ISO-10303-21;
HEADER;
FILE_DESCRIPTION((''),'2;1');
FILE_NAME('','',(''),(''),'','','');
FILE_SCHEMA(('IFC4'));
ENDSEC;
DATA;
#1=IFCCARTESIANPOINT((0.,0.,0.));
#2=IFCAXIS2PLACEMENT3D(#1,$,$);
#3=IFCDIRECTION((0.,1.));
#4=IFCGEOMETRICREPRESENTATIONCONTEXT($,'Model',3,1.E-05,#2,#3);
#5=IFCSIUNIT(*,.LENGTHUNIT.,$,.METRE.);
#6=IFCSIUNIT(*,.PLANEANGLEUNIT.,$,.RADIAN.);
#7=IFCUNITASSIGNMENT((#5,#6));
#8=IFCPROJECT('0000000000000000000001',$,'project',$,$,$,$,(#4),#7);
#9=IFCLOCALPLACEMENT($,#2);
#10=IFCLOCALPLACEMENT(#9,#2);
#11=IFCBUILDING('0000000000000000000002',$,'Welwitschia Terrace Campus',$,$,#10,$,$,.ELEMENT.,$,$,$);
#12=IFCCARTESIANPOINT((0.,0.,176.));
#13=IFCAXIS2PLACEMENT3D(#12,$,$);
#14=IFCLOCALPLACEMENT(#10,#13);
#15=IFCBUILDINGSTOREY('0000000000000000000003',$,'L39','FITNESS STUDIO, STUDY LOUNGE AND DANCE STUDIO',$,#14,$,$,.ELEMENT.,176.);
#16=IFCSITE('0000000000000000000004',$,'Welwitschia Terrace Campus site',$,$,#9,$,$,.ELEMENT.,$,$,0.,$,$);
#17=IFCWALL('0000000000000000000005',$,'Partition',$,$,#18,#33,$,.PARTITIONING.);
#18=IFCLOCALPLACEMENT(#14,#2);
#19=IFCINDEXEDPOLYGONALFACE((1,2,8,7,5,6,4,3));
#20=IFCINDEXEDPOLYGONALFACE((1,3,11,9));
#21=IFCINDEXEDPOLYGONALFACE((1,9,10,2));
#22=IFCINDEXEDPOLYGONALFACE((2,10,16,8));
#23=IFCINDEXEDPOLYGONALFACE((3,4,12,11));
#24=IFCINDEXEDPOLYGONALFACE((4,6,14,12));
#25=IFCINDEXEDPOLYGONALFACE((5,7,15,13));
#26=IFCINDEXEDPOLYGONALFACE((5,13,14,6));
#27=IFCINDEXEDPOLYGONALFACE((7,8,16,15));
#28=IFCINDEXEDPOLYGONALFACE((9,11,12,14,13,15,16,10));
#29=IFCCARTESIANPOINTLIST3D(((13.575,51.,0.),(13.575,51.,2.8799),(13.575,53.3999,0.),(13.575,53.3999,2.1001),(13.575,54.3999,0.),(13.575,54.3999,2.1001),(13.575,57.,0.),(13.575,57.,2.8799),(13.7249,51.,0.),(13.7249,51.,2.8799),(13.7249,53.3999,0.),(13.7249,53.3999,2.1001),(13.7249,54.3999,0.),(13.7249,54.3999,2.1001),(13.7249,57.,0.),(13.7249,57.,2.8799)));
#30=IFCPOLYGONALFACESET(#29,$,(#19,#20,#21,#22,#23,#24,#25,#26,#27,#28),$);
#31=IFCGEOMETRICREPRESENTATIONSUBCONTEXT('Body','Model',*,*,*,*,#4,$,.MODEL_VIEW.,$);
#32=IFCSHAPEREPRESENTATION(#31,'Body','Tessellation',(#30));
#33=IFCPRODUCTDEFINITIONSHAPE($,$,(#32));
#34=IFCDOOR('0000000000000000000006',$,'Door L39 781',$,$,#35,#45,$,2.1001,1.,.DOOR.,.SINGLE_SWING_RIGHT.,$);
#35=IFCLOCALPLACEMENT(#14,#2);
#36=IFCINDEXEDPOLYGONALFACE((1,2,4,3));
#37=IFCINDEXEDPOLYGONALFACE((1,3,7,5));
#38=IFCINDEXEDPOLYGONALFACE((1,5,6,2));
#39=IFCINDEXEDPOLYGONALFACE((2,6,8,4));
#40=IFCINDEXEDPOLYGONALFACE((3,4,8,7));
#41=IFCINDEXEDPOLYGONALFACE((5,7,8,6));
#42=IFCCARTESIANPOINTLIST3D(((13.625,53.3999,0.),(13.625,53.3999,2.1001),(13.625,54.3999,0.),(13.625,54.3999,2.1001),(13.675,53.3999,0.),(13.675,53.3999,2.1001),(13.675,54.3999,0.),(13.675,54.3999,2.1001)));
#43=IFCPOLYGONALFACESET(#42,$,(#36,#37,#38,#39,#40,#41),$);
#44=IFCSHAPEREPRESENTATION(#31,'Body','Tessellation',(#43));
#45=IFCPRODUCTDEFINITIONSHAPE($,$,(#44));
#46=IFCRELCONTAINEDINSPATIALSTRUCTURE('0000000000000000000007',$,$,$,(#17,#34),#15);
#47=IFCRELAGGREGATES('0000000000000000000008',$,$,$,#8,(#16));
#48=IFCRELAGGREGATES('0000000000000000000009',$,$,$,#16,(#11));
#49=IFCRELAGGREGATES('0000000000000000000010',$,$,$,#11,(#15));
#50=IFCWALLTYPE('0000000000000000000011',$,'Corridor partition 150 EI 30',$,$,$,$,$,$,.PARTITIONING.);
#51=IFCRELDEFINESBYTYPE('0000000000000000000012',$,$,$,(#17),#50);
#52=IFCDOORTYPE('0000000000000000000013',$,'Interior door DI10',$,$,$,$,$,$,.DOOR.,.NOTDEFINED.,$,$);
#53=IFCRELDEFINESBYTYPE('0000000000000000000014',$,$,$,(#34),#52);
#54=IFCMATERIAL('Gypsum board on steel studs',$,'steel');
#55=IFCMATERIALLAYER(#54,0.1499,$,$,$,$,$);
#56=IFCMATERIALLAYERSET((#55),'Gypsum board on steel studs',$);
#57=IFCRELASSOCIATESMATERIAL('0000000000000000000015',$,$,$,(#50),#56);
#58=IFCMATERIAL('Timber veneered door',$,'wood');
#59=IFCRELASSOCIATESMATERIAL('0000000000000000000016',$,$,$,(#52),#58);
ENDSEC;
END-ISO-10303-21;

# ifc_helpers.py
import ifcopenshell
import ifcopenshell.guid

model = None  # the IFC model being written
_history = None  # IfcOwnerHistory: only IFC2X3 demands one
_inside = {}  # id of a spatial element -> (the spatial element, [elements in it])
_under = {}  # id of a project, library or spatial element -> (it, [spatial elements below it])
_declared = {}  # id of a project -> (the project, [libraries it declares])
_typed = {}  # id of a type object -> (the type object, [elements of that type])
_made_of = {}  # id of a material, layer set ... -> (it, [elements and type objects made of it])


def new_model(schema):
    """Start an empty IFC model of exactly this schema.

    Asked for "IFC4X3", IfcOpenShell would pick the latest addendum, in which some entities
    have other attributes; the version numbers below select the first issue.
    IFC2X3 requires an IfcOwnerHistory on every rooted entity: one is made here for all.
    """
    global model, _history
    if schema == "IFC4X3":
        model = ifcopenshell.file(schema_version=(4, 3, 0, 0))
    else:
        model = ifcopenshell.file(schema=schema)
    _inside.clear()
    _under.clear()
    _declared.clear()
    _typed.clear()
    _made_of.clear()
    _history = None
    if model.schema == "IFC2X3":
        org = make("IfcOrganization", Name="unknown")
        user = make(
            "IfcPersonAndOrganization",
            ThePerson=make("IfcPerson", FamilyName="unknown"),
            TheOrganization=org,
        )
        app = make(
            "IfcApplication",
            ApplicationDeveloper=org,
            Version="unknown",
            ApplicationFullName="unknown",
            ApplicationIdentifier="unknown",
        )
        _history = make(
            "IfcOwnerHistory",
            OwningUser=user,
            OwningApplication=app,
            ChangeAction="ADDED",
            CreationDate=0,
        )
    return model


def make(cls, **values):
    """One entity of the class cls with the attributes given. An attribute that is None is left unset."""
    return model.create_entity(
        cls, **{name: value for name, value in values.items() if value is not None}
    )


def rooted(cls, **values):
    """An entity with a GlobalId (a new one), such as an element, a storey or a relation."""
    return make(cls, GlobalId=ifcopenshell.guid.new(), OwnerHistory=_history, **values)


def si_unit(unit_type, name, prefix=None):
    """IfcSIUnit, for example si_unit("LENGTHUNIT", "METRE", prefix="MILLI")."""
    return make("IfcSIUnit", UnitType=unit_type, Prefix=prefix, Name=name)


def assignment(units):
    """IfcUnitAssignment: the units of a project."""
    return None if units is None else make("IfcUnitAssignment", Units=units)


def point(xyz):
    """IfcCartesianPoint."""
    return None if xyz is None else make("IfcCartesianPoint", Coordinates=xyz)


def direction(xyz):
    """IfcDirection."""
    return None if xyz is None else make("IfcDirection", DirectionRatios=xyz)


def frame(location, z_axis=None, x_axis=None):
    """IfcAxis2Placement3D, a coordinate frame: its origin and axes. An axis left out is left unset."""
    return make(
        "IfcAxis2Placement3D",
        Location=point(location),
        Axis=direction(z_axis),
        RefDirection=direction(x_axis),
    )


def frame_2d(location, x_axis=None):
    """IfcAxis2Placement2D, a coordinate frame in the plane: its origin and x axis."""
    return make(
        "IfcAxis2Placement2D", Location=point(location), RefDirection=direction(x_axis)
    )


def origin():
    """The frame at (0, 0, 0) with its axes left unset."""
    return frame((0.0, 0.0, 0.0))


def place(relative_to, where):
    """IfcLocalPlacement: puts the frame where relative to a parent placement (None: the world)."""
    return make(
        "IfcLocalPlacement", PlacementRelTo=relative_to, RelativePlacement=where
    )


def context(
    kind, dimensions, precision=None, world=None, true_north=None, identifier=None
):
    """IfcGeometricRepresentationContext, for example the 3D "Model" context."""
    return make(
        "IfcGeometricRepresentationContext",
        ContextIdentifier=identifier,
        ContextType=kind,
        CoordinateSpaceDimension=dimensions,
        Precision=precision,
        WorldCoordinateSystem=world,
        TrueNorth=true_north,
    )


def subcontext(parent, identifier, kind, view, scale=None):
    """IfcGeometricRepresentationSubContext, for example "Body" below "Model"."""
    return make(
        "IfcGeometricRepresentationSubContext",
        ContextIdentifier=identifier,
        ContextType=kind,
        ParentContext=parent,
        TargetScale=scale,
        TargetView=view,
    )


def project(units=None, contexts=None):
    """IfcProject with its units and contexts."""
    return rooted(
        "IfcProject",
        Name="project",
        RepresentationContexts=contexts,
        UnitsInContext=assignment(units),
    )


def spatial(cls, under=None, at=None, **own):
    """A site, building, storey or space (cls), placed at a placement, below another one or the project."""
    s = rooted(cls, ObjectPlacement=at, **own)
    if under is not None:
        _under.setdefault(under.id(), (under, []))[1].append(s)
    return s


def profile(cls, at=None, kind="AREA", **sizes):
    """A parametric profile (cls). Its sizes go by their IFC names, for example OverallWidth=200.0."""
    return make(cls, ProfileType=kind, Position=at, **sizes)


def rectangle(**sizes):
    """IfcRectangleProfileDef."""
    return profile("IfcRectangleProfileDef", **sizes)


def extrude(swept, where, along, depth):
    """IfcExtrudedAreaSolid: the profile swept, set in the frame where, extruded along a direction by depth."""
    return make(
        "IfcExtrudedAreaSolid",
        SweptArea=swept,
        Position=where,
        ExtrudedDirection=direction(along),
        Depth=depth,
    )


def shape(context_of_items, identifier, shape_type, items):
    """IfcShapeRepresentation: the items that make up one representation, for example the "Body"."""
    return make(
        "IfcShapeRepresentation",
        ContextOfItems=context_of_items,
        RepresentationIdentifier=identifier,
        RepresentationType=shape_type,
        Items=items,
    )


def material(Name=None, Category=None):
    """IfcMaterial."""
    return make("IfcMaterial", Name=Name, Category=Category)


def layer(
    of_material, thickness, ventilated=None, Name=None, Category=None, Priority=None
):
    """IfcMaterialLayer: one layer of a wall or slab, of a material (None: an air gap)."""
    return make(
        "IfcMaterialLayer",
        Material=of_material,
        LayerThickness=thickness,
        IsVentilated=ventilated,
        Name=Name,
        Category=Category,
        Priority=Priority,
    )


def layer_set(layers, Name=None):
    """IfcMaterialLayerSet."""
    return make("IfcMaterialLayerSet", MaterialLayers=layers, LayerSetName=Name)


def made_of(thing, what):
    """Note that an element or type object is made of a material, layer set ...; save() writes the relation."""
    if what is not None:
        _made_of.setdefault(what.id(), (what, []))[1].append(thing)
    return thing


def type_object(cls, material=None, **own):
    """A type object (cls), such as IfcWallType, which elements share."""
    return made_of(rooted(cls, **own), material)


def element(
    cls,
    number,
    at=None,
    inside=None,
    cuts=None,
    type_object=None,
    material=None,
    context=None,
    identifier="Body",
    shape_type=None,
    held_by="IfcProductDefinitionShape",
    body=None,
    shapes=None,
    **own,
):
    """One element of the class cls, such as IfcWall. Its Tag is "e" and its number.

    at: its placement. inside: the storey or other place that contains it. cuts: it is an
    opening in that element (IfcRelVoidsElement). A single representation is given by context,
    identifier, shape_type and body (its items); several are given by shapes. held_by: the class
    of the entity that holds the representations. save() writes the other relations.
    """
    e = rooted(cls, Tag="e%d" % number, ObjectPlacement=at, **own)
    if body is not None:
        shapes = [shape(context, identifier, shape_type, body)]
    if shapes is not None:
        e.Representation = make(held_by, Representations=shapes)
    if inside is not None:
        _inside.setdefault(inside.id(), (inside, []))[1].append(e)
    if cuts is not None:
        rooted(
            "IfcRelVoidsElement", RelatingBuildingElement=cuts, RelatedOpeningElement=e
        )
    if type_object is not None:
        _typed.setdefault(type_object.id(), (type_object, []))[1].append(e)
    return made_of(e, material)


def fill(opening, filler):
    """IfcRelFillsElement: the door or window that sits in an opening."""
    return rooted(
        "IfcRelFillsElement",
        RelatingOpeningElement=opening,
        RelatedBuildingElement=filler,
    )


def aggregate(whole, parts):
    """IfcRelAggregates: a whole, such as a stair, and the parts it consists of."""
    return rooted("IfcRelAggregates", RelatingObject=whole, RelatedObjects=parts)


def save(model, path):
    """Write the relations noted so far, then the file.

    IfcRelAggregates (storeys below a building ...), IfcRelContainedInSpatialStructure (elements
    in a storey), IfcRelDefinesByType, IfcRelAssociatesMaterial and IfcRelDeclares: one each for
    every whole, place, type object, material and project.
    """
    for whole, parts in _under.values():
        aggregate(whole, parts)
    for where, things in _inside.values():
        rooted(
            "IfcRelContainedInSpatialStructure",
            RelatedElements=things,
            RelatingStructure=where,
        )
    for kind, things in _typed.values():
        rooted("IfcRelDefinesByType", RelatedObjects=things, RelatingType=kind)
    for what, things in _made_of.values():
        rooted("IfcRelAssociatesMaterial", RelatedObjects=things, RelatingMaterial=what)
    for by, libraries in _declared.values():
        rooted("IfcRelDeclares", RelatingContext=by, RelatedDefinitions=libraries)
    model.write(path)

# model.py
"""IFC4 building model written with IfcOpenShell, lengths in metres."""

from ifc_helpers import new_model, si_unit, direction, frame, frame_2d, origin, place, context, subcontext, project, spatial, rectangle, extrude, material, layer, layer_set, type_object, element, fill, save


model = new_model("IFC4")

# Units and contexts
model_context = context("Model", 3, precision=1e-05, world=origin(), true_north=direction((0.0, 1.0)))
body_context = subcontext(model_context, "Body", "Model", "MODEL_VIEW")
ifc_project = project(units=[si_unit("LENGTHUNIT", "METRE"), si_unit("PLANEANGLEUNIT", "RADIAN")], contexts=[model_context])

# Site, building, storey
site_placement = place(None, origin())
site = spatial("IfcSite", under=ifc_project, at=site_placement, Name="Welwitschia Terrace Campus site", CompositionType="ELEMENT", RefElevation=0.0)
building_placement = place(site_placement, origin())
building = spatial("IfcBuilding", under=site, at=building_placement, Name="Welwitschia Terrace Campus", CompositionType="ELEMENT")
storey_placement = place(building_placement, frame((0.0, 0.0, 176.0)))
storey = spatial("IfcBuildingStorey", under=building, at=storey_placement, Name="L39", Description="FITNESS STUDIO, STUDY LOUNGE AND DANCE STUDIO", CompositionType="ELEMENT", Elevation=176.0)

# Shared definitions
ifc_material_1 = material(Name="Gypsum board on steel studs", Category="steel")
ifc_layer_1 = layer(ifc_material_1, 0.1499)
ifc_layer_set_1 = layer_set([ifc_layer_1], Name="Gypsum board on steel studs")
wall_type = type_object("IfcWallType", Name="Corridor partition 150 EI 30", PredefinedType="PARTITIONING", material=ifc_layer_set_1)

# Wall, opening, door
wall_1_placement = place(storey_placement, frame((13.6499, 51.0, 0.0), z_axis=(0.0, 0.0, 1.0), x_axis=(0.0, 1.0, 0.0)))
wall_1 = element("IfcWall", 1, at=wall_1_placement, inside=storey, type_object=wall_type, Name="Partition", PredefinedType="PARTITIONING", context=body_context, shape_type="SweptSolid", body=[
    extrude(rectangle(XDim=6.0, YDim=0.1499, at=frame_2d((3.0, 0.0))), origin(), (0.0, 0.0, 1.0), 2.8799),
])
opening_1_placement = place(wall_1_placement, frame((2.3999, 0.0, 0.0)))
opening_1 = element("IfcOpeningElement", 2, at=opening_1_placement, cuts=wall_1, PredefinedType="OPENING", context=body_context, shape_type="SweptSolid", body=[
    extrude(rectangle(XDim=1.0, YDim=2.1001, at=frame_2d((0.5, 1.05))), frame((0.0, 0.085, 0.0), z_axis=(0.0, -1.0, 0.0), x_axis=(1.0, 0.0, 0.0)), (0.0, 0.0, 1.0), 0.1699),
])
ifc_material_2 = material(Name="Timber veneered door", Category="wood")
door_type_1 = type_object("IfcDoorType", Name="Interior door DI10", OperationType="NOTDEFINED", PredefinedType="DOOR", material=ifc_material_2)
door_1_placement = place(opening_1_placement, origin())
door_1 = element("IfcDoor", 3, at=door_1_placement, inside=storey, type_object=door_type_1, Name="Door L39 781", OperationType="SINGLE_SWING_RIGHT", OverallHeight=2.1001, OverallWidth=1.0, PredefinedType="DOOR", context=body_context, shape_type="SweptSolid", body=[
    extrude(rectangle(XDim=1.0, YDim=2.1001, at=frame_2d((0.5, 1.05))), frame((0.0, 0.0249, 0.0), z_axis=(0.0, -1.0, 0.0), x_axis=(1.0, 0.0, 0.0)), (0.0, 0.0, 1.0), 0.05),
])
fill(opening_1, door_1)

save(model, "model.ifc")
